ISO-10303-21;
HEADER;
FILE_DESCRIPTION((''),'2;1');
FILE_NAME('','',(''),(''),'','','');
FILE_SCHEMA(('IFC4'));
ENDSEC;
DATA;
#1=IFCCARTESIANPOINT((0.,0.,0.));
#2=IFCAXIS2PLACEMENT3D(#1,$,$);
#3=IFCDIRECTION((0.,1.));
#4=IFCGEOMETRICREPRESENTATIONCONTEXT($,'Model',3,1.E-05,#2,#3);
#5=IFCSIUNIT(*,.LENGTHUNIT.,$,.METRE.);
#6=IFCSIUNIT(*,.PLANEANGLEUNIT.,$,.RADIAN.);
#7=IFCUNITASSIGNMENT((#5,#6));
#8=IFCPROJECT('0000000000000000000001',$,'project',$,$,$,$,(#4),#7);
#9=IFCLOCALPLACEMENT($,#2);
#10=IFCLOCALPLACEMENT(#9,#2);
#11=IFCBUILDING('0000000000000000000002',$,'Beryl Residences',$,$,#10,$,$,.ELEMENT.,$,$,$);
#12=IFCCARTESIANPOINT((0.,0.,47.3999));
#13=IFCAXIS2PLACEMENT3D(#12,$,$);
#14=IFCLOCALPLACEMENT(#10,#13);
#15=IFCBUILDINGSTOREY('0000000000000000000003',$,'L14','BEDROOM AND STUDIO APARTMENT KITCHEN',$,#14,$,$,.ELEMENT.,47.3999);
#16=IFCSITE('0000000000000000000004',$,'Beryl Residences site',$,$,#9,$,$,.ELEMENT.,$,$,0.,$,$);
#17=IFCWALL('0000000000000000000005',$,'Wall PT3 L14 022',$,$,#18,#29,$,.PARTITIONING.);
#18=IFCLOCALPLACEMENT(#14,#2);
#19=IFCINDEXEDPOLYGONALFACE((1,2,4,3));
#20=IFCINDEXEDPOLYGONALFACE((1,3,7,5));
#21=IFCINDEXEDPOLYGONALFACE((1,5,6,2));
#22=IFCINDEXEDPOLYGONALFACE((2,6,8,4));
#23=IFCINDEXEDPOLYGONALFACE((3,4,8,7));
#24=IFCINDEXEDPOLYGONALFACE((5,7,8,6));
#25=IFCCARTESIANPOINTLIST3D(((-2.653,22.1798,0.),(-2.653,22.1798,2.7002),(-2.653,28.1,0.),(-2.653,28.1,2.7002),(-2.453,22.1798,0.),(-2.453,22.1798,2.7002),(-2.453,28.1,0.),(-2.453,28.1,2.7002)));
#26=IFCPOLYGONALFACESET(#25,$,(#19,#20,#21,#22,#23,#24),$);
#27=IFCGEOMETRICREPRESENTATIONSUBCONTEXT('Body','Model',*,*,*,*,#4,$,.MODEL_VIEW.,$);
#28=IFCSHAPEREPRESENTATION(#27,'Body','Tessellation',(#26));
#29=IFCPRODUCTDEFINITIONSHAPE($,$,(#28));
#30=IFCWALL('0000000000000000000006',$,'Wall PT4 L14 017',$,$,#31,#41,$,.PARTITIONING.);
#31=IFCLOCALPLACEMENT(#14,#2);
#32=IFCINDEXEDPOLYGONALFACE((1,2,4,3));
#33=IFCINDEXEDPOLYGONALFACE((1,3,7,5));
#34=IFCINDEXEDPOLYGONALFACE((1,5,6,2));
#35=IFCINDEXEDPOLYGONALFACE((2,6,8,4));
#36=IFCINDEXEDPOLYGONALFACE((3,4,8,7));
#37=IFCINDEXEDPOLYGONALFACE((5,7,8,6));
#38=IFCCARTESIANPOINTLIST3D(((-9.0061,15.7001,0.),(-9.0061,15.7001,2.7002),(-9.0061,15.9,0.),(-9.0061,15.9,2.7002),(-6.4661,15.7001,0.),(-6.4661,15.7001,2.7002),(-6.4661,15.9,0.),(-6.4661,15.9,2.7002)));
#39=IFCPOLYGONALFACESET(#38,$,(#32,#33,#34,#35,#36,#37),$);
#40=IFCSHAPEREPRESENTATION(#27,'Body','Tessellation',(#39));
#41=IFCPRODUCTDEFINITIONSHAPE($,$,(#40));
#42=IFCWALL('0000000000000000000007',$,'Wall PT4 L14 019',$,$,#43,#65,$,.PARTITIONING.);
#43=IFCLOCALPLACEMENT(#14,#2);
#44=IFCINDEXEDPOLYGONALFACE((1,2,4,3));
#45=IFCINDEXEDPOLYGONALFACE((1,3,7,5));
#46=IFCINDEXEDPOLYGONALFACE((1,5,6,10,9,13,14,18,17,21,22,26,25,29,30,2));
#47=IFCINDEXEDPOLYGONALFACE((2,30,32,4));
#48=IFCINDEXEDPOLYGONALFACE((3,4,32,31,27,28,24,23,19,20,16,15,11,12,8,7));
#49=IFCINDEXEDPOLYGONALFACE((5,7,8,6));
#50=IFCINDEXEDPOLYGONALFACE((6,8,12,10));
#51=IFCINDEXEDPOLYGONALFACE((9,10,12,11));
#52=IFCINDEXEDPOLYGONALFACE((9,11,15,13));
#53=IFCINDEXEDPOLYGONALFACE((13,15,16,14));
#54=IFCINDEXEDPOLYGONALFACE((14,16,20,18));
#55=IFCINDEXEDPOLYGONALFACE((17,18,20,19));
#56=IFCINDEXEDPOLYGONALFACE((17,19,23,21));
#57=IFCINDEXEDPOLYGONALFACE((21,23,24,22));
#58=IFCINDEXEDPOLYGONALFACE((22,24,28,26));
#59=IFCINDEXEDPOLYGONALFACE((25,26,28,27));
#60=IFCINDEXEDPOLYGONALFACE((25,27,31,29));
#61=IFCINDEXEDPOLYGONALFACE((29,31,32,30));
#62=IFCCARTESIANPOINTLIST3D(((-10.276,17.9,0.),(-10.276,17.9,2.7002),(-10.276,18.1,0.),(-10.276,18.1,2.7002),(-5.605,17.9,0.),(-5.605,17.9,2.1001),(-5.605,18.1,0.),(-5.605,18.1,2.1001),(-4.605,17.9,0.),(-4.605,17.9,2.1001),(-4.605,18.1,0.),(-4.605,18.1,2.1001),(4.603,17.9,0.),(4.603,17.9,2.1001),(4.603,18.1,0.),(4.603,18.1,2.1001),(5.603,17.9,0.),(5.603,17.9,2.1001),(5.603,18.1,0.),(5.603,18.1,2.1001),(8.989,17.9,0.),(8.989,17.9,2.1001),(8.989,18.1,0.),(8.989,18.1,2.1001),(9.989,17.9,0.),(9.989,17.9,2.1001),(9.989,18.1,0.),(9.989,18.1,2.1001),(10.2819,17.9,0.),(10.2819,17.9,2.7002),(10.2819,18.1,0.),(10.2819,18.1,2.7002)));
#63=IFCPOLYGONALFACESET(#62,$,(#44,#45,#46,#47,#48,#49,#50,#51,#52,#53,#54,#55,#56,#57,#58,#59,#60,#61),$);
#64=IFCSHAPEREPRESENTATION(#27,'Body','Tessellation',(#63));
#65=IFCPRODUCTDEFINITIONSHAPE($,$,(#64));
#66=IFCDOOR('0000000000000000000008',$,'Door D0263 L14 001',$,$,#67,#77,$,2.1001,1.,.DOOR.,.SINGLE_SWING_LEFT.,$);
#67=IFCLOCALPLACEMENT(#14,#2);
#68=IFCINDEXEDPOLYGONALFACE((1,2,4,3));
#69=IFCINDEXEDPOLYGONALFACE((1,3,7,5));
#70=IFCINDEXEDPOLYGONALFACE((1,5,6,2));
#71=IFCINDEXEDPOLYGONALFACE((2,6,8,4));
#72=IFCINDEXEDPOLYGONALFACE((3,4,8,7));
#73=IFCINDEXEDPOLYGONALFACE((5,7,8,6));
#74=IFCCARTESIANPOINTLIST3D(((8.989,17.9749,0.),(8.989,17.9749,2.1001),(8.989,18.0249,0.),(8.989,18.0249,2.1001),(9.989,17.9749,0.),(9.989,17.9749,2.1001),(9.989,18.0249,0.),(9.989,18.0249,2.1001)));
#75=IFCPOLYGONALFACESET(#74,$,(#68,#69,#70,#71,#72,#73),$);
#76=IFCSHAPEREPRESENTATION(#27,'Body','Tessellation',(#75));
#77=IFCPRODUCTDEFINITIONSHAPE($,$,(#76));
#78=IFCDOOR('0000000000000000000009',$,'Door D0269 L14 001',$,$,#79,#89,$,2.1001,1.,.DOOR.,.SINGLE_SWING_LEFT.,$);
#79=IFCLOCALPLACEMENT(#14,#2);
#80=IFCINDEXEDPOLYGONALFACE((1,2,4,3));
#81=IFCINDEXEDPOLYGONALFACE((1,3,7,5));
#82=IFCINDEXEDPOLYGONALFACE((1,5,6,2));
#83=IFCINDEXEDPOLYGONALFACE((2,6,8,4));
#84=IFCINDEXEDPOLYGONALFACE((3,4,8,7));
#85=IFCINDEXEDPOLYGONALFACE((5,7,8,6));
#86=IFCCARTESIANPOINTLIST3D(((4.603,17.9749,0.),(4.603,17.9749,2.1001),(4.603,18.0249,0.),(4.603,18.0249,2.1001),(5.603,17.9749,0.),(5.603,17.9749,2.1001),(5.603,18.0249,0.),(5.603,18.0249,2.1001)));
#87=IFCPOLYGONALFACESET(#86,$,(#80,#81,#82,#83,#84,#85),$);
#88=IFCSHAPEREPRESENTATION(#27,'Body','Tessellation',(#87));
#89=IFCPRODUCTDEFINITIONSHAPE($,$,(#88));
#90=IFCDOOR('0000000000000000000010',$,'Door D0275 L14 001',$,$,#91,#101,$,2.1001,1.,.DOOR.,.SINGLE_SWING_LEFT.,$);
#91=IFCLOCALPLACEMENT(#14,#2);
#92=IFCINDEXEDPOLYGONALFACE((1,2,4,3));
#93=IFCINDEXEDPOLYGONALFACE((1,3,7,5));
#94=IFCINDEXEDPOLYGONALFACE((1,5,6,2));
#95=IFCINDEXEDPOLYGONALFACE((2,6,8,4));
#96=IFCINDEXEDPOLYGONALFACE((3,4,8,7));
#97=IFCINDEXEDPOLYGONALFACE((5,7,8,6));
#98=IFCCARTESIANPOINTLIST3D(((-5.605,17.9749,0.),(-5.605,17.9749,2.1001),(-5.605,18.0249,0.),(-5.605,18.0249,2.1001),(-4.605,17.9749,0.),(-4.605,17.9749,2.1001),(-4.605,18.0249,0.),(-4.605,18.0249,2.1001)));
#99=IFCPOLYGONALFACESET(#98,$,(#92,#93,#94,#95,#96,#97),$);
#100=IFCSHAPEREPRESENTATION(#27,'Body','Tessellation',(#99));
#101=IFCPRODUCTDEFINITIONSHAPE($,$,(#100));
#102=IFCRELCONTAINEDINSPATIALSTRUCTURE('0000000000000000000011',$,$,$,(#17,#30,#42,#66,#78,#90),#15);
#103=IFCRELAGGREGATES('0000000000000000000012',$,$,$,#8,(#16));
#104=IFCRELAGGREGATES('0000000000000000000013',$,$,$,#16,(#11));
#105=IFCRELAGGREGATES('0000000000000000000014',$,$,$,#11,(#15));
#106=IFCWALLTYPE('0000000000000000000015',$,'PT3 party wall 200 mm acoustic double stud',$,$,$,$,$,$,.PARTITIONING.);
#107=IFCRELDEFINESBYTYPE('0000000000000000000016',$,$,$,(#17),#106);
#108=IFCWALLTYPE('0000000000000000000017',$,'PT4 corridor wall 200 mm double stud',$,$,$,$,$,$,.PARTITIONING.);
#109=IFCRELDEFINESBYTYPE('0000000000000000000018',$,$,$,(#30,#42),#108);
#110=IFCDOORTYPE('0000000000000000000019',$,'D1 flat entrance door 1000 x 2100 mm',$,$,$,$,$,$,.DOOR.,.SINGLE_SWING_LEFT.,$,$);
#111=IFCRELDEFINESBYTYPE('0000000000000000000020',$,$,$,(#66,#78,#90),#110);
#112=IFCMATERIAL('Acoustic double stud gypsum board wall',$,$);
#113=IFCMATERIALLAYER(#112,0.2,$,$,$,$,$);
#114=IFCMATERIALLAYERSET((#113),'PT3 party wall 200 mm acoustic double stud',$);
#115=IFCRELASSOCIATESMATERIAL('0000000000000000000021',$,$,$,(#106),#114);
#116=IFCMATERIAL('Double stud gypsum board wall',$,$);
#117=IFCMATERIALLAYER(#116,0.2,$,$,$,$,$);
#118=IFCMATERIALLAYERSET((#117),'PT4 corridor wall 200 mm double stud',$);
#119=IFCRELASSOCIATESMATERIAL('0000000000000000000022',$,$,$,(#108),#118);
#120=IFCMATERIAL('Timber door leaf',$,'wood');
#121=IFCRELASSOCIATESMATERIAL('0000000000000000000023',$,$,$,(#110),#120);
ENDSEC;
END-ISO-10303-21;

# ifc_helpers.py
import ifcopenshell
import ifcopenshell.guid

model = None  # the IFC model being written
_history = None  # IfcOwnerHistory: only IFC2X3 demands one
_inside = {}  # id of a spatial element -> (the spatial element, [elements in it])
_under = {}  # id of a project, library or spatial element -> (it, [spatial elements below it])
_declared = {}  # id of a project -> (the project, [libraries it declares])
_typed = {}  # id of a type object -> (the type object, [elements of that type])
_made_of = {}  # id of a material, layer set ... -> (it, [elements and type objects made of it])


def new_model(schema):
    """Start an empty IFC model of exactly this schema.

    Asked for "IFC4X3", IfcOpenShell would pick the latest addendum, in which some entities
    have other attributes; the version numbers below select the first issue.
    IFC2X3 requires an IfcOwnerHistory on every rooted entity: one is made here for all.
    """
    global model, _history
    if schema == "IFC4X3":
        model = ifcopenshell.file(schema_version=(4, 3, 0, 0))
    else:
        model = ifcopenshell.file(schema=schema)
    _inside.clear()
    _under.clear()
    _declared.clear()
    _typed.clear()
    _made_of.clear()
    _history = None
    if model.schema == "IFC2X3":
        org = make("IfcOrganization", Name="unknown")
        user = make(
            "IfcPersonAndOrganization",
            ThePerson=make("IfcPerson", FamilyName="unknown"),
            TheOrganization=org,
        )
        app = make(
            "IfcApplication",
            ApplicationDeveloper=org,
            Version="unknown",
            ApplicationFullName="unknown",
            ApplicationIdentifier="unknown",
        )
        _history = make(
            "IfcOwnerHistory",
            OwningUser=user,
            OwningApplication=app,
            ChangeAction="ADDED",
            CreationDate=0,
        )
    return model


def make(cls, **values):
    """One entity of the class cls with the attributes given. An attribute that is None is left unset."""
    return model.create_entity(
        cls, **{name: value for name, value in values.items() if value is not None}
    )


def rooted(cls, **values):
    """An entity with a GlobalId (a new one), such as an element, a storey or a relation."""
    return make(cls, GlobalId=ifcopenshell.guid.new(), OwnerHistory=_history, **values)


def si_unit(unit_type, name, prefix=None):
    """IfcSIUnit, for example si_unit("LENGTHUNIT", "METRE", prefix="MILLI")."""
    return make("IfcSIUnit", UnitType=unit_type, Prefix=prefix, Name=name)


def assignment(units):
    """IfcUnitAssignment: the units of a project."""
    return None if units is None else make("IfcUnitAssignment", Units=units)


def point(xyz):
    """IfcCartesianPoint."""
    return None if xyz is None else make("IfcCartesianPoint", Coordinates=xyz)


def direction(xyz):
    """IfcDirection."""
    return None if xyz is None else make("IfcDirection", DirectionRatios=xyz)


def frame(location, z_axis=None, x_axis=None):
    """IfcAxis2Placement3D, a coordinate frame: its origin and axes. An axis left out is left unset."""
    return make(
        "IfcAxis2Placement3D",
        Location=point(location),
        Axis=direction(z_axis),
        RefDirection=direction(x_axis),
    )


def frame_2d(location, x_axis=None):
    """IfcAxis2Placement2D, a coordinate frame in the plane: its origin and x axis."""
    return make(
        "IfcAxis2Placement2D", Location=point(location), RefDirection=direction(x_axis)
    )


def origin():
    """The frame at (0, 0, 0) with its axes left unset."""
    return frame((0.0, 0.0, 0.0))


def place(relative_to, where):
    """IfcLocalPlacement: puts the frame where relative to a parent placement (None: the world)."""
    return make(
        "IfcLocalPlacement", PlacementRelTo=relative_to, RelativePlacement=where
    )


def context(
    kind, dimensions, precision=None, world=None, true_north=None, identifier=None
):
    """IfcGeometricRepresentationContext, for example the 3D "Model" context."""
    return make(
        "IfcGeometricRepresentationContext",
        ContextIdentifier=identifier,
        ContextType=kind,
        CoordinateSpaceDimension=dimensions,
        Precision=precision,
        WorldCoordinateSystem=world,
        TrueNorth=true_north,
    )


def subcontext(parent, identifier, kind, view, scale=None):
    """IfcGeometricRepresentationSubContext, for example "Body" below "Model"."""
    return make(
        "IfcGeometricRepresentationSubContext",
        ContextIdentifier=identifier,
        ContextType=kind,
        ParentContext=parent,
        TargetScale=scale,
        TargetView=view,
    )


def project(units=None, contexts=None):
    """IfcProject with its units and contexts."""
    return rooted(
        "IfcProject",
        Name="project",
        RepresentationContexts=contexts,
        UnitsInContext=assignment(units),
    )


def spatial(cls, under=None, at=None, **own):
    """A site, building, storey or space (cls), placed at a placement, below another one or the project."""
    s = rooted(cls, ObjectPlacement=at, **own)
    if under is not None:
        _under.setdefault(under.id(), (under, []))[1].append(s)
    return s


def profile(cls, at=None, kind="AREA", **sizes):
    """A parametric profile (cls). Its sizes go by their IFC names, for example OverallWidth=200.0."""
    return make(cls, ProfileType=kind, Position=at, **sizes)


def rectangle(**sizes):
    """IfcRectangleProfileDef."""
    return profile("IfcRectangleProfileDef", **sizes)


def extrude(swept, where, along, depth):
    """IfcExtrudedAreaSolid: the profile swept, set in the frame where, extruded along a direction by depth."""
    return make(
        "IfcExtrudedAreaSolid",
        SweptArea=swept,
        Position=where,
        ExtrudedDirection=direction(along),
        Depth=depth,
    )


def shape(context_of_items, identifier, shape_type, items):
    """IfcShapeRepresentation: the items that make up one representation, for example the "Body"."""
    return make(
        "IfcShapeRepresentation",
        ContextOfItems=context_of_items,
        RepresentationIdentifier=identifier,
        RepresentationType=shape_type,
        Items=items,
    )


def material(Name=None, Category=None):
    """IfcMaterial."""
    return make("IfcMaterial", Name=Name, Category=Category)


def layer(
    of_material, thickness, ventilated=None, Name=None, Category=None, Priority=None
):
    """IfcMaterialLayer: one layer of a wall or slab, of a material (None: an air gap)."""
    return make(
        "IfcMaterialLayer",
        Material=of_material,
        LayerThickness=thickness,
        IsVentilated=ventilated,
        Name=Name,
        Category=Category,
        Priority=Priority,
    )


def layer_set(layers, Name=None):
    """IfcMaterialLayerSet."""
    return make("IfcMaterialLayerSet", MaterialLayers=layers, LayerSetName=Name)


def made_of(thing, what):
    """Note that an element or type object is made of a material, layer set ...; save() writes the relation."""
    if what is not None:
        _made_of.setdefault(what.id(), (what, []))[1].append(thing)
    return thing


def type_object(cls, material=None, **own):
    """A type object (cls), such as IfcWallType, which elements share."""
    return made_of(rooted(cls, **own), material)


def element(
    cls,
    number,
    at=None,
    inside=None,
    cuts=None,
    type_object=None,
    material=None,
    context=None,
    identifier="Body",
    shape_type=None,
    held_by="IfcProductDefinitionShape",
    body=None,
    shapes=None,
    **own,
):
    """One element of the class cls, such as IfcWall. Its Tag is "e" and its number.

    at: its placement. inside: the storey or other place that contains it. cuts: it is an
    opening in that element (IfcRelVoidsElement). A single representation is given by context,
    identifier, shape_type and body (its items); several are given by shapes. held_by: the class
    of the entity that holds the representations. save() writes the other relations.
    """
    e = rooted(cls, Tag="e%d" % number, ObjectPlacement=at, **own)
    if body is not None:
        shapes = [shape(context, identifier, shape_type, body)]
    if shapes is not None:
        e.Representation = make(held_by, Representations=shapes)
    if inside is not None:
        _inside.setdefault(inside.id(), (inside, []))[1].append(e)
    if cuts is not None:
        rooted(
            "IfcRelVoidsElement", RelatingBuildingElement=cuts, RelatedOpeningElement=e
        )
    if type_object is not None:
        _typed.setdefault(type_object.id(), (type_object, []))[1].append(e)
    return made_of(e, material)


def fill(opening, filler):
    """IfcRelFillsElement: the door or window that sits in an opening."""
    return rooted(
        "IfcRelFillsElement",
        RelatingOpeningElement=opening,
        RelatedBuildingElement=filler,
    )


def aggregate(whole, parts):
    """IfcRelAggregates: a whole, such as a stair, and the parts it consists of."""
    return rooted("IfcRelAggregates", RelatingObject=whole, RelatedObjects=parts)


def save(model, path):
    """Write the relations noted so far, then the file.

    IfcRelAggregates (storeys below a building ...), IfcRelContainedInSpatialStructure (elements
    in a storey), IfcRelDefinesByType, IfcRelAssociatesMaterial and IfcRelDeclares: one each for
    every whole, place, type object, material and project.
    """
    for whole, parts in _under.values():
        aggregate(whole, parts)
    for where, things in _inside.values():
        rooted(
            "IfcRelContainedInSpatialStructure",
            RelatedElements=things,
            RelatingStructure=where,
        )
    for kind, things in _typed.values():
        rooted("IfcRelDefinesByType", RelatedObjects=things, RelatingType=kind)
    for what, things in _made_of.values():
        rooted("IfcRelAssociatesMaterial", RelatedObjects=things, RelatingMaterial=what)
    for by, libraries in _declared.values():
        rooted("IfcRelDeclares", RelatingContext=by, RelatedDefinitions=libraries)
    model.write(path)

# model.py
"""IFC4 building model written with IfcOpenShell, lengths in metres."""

from ifc_helpers import new_model, si_unit, direction, frame, frame_2d, origin, place, context, subcontext, project, spatial, rectangle, extrude, material, layer, layer_set, type_object, element, fill, save


model = new_model("IFC4")

# Units and contexts
model_context = context("Model", 3, precision=1e-05, world=origin(), true_north=direction((0.0, 1.0)))
body_context = subcontext(model_context, "Body", "Model", "MODEL_VIEW")
ifc_project = project(units=[si_unit("LENGTHUNIT", "METRE"), si_unit("PLANEANGLEUNIT", "RADIAN")], contexts=[model_context])

# Site, building, storey
site_placement = place(None, origin())
site = spatial("IfcSite", under=ifc_project, at=site_placement, Name="Beryl Residences site", CompositionType="ELEMENT", RefElevation=0.0)
building_placement = place(site_placement, origin())
building = spatial("IfcBuilding", under=site, at=building_placement, Name="Beryl Residences", CompositionType="ELEMENT")
storey_placement = place(building_placement, frame((0.0, 0.0, 47.3999)))
storey = spatial("IfcBuildingStorey", under=building, at=storey_placement, Name="L14", Description="BEDROOM AND STUDIO APARTMENT KITCHEN", CompositionType="ELEMENT", Elevation=47.3999)

# Walls
ifc_material_1 = material(Name="Acoustic double stud gypsum board wall")
ifc_layer_1 = layer(ifc_material_1, 0.2)
ifc_layer_set_1 = layer_set([ifc_layer_1], Name="PT3 party wall 200 mm acoustic double stud")
wall_type_1 = type_object("IfcWallType", Name="PT3 party wall 200 mm acoustic double stud", PredefinedType="PARTITIONING", material=ifc_layer_set_1)
wall_1_placement = place(storey_placement, frame((-2.553, 22.1799, 0.0), z_axis=(0.0, 0.0, 1.0), x_axis=(0.0, 1.0, 0.0)))
element("IfcWall", 1, at=wall_1_placement, inside=storey, type_object=wall_type_1, Name="Wall PT3 L14 022", PredefinedType="PARTITIONING", context=body_context, shape_type="SweptSolid", body=[
    extrude(rectangle(XDim=5.9202, YDim=0.2, at=frame_2d((2.96, 0.0))), origin(), (0.0, 0.0, 1.0), 2.7002),
])
ifc_material_2 = material(Name="Double stud gypsum board wall")
ifc_layer_2 = layer(ifc_material_2, 0.2)
ifc_layer_set_2 = layer_set([ifc_layer_2], Name="PT4 corridor wall 200 mm double stud")
wall_type_2 = type_object("IfcWallType", Name="PT4 corridor wall 200 mm double stud", PredefinedType="PARTITIONING", material=ifc_layer_set_2)
wall_2_placement = place(storey_placement, frame((-9.0061, 15.8, 0.0), z_axis=(0.0, 0.0, 1.0), x_axis=(1.0, 0.0, 0.0)))
element("IfcWall", 2, at=wall_2_placement, inside=storey, type_object=wall_type_2, Name="Wall PT4 L14 017", PredefinedType="PARTITIONING", context=body_context, shape_type="SweptSolid", body=[
    extrude(rectangle(XDim=2.54, YDim=0.2, at=frame_2d((1.27, 0.0))), origin(), (0.0, 0.0, 1.0), 2.7002),
])

# Wall, openings, doors
wall_3_placement = place(storey_placement, frame((-10.2759, 18.0, 0.0), z_axis=(0.0, 0.0, 1.0), x_axis=(1.0, 0.0, 0.0)))
wall_3 = element("IfcWall", 3, at=wall_3_placement, inside=storey, type_object=wall_type_2, Name="Wall PT4 L14 019", PredefinedType="PARTITIONING", context=body_context, shape_type="SweptSolid", body=[
    extrude(rectangle(XDim=20.5579, YDim=0.2, at=frame_2d((10.2788, 0.0))), origin(), (0.0, 0.0, 1.0), 2.7002),
])
opening_1_placement = place(wall_3_placement, frame((19.2649, 0.0, 0.0)))
opening_1 = element("IfcOpeningElement", 4, at=opening_1_placement, cuts=wall_3, PredefinedType="OPENING", context=body_context, shape_type="SweptSolid", body=[
    extrude(rectangle(XDim=1.0, YDim=2.1001, at=frame_2d((0.5, 1.05))), frame((0.0, 0.1099, 0.0), z_axis=(0.0, -1.0, 0.0), x_axis=(1.0, 0.0, 0.0)), (0.0, 0.0, 1.0), 0.22),
])
opening_2_placement = place(wall_3_placement, frame((14.8789, 0.0, 0.0)))
opening_2 = element("IfcOpeningElement", 5, at=opening_2_placement, cuts=wall_3, PredefinedType="OPENING", context=body_context, shape_type="SweptSolid", body=[
    extrude(rectangle(XDim=1.0, YDim=2.1001, at=frame_2d((0.5, 1.05))), frame((0.0, 0.1099, 0.0), z_axis=(0.0, -1.0, 0.0), x_axis=(1.0, 0.0, 0.0)), (0.0, 0.0, 1.0), 0.22),
])
opening_3_placement = place(wall_3_placement, frame((4.6709, 0.0, 0.0)))
opening_3 = element("IfcOpeningElement", 6, at=opening_3_placement, cuts=wall_3, PredefinedType="OPENING", context=body_context, shape_type="SweptSolid", body=[
    extrude(rectangle(XDim=1.0, YDim=2.1001, at=frame_2d((0.5, 1.05))), frame((0.0, 0.1099, 0.0), z_axis=(0.0, -1.0, 0.0), x_axis=(1.0, 0.0, 0.0)), (0.0, 0.0, 1.0), 0.22),
])
ifc_material_3 = material(Name="Timber door leaf", Category="wood")
door_type_1 = type_object("IfcDoorType", Name="D1 flat entrance door 1000 x 2100 mm", OperationType="SINGLE_SWING_LEFT", PredefinedType="DOOR", material=ifc_material_3)
door_1_placement = place(opening_1_placement, origin())
door_1 = element("IfcDoor", 7, at=door_1_placement, inside=storey, type_object=door_type_1, Name="Door D0263 L14 001", OperationType="SINGLE_SWING_LEFT", OverallHeight=2.1001, OverallWidth=1.0, PredefinedType="DOOR", context=body_context, shape_type="SweptSolid", body=[
    extrude(rectangle(XDim=1.0, YDim=2.1001, at=frame_2d((0.5, 1.05))), frame((0.0, 0.0249, 0.0), z_axis=(0.0, -1.0, 0.0), x_axis=(1.0, 0.0, 0.0)), (0.0, 0.0, 1.0), 0.05),
])
fill(opening_1, door_1)
door_2_placement = place(opening_2_placement, origin())
door_2 = element("IfcDoor", 8, at=door_2_placement, inside=storey, type_object=door_type_1, Name="Door D0269 L14 001", OperationType="SINGLE_SWING_LEFT", OverallHeight=2.1001, OverallWidth=1.0, PredefinedType="DOOR", context=body_context, shape_type="SweptSolid", body=[
    extrude(rectangle(XDim=1.0, YDim=2.1001, at=frame_2d((0.5, 1.05))), frame((0.0, 0.0249, 0.0), z_axis=(0.0, -1.0, 0.0), x_axis=(1.0, 0.0, 0.0)), (0.0, 0.0, 1.0), 0.05),
])
fill(opening_2, door_2)
door_3_placement = place(opening_3_placement, origin())
door_3 = element("IfcDoor", 9, at=door_3_placement, inside=storey, type_object=door_type_1, Name="Door D0275 L14 001", OperationType="SINGLE_SWING_LEFT", OverallHeight=2.1001, OverallWidth=1.0, PredefinedType="DOOR", context=body_context, shape_type="SweptSolid", body=[
    extrude(rectangle(XDim=1.0, YDim=2.1001, at=frame_2d((0.5, 1.05))), frame((0.0, 0.0249, 0.0), z_axis=(0.0, -1.0, 0.0), x_axis=(1.0, 0.0, 0.0)), (0.0, 0.0, 1.0), 0.05),
])
fill(opening_3, door_3)

save(model, "model.ifc")
